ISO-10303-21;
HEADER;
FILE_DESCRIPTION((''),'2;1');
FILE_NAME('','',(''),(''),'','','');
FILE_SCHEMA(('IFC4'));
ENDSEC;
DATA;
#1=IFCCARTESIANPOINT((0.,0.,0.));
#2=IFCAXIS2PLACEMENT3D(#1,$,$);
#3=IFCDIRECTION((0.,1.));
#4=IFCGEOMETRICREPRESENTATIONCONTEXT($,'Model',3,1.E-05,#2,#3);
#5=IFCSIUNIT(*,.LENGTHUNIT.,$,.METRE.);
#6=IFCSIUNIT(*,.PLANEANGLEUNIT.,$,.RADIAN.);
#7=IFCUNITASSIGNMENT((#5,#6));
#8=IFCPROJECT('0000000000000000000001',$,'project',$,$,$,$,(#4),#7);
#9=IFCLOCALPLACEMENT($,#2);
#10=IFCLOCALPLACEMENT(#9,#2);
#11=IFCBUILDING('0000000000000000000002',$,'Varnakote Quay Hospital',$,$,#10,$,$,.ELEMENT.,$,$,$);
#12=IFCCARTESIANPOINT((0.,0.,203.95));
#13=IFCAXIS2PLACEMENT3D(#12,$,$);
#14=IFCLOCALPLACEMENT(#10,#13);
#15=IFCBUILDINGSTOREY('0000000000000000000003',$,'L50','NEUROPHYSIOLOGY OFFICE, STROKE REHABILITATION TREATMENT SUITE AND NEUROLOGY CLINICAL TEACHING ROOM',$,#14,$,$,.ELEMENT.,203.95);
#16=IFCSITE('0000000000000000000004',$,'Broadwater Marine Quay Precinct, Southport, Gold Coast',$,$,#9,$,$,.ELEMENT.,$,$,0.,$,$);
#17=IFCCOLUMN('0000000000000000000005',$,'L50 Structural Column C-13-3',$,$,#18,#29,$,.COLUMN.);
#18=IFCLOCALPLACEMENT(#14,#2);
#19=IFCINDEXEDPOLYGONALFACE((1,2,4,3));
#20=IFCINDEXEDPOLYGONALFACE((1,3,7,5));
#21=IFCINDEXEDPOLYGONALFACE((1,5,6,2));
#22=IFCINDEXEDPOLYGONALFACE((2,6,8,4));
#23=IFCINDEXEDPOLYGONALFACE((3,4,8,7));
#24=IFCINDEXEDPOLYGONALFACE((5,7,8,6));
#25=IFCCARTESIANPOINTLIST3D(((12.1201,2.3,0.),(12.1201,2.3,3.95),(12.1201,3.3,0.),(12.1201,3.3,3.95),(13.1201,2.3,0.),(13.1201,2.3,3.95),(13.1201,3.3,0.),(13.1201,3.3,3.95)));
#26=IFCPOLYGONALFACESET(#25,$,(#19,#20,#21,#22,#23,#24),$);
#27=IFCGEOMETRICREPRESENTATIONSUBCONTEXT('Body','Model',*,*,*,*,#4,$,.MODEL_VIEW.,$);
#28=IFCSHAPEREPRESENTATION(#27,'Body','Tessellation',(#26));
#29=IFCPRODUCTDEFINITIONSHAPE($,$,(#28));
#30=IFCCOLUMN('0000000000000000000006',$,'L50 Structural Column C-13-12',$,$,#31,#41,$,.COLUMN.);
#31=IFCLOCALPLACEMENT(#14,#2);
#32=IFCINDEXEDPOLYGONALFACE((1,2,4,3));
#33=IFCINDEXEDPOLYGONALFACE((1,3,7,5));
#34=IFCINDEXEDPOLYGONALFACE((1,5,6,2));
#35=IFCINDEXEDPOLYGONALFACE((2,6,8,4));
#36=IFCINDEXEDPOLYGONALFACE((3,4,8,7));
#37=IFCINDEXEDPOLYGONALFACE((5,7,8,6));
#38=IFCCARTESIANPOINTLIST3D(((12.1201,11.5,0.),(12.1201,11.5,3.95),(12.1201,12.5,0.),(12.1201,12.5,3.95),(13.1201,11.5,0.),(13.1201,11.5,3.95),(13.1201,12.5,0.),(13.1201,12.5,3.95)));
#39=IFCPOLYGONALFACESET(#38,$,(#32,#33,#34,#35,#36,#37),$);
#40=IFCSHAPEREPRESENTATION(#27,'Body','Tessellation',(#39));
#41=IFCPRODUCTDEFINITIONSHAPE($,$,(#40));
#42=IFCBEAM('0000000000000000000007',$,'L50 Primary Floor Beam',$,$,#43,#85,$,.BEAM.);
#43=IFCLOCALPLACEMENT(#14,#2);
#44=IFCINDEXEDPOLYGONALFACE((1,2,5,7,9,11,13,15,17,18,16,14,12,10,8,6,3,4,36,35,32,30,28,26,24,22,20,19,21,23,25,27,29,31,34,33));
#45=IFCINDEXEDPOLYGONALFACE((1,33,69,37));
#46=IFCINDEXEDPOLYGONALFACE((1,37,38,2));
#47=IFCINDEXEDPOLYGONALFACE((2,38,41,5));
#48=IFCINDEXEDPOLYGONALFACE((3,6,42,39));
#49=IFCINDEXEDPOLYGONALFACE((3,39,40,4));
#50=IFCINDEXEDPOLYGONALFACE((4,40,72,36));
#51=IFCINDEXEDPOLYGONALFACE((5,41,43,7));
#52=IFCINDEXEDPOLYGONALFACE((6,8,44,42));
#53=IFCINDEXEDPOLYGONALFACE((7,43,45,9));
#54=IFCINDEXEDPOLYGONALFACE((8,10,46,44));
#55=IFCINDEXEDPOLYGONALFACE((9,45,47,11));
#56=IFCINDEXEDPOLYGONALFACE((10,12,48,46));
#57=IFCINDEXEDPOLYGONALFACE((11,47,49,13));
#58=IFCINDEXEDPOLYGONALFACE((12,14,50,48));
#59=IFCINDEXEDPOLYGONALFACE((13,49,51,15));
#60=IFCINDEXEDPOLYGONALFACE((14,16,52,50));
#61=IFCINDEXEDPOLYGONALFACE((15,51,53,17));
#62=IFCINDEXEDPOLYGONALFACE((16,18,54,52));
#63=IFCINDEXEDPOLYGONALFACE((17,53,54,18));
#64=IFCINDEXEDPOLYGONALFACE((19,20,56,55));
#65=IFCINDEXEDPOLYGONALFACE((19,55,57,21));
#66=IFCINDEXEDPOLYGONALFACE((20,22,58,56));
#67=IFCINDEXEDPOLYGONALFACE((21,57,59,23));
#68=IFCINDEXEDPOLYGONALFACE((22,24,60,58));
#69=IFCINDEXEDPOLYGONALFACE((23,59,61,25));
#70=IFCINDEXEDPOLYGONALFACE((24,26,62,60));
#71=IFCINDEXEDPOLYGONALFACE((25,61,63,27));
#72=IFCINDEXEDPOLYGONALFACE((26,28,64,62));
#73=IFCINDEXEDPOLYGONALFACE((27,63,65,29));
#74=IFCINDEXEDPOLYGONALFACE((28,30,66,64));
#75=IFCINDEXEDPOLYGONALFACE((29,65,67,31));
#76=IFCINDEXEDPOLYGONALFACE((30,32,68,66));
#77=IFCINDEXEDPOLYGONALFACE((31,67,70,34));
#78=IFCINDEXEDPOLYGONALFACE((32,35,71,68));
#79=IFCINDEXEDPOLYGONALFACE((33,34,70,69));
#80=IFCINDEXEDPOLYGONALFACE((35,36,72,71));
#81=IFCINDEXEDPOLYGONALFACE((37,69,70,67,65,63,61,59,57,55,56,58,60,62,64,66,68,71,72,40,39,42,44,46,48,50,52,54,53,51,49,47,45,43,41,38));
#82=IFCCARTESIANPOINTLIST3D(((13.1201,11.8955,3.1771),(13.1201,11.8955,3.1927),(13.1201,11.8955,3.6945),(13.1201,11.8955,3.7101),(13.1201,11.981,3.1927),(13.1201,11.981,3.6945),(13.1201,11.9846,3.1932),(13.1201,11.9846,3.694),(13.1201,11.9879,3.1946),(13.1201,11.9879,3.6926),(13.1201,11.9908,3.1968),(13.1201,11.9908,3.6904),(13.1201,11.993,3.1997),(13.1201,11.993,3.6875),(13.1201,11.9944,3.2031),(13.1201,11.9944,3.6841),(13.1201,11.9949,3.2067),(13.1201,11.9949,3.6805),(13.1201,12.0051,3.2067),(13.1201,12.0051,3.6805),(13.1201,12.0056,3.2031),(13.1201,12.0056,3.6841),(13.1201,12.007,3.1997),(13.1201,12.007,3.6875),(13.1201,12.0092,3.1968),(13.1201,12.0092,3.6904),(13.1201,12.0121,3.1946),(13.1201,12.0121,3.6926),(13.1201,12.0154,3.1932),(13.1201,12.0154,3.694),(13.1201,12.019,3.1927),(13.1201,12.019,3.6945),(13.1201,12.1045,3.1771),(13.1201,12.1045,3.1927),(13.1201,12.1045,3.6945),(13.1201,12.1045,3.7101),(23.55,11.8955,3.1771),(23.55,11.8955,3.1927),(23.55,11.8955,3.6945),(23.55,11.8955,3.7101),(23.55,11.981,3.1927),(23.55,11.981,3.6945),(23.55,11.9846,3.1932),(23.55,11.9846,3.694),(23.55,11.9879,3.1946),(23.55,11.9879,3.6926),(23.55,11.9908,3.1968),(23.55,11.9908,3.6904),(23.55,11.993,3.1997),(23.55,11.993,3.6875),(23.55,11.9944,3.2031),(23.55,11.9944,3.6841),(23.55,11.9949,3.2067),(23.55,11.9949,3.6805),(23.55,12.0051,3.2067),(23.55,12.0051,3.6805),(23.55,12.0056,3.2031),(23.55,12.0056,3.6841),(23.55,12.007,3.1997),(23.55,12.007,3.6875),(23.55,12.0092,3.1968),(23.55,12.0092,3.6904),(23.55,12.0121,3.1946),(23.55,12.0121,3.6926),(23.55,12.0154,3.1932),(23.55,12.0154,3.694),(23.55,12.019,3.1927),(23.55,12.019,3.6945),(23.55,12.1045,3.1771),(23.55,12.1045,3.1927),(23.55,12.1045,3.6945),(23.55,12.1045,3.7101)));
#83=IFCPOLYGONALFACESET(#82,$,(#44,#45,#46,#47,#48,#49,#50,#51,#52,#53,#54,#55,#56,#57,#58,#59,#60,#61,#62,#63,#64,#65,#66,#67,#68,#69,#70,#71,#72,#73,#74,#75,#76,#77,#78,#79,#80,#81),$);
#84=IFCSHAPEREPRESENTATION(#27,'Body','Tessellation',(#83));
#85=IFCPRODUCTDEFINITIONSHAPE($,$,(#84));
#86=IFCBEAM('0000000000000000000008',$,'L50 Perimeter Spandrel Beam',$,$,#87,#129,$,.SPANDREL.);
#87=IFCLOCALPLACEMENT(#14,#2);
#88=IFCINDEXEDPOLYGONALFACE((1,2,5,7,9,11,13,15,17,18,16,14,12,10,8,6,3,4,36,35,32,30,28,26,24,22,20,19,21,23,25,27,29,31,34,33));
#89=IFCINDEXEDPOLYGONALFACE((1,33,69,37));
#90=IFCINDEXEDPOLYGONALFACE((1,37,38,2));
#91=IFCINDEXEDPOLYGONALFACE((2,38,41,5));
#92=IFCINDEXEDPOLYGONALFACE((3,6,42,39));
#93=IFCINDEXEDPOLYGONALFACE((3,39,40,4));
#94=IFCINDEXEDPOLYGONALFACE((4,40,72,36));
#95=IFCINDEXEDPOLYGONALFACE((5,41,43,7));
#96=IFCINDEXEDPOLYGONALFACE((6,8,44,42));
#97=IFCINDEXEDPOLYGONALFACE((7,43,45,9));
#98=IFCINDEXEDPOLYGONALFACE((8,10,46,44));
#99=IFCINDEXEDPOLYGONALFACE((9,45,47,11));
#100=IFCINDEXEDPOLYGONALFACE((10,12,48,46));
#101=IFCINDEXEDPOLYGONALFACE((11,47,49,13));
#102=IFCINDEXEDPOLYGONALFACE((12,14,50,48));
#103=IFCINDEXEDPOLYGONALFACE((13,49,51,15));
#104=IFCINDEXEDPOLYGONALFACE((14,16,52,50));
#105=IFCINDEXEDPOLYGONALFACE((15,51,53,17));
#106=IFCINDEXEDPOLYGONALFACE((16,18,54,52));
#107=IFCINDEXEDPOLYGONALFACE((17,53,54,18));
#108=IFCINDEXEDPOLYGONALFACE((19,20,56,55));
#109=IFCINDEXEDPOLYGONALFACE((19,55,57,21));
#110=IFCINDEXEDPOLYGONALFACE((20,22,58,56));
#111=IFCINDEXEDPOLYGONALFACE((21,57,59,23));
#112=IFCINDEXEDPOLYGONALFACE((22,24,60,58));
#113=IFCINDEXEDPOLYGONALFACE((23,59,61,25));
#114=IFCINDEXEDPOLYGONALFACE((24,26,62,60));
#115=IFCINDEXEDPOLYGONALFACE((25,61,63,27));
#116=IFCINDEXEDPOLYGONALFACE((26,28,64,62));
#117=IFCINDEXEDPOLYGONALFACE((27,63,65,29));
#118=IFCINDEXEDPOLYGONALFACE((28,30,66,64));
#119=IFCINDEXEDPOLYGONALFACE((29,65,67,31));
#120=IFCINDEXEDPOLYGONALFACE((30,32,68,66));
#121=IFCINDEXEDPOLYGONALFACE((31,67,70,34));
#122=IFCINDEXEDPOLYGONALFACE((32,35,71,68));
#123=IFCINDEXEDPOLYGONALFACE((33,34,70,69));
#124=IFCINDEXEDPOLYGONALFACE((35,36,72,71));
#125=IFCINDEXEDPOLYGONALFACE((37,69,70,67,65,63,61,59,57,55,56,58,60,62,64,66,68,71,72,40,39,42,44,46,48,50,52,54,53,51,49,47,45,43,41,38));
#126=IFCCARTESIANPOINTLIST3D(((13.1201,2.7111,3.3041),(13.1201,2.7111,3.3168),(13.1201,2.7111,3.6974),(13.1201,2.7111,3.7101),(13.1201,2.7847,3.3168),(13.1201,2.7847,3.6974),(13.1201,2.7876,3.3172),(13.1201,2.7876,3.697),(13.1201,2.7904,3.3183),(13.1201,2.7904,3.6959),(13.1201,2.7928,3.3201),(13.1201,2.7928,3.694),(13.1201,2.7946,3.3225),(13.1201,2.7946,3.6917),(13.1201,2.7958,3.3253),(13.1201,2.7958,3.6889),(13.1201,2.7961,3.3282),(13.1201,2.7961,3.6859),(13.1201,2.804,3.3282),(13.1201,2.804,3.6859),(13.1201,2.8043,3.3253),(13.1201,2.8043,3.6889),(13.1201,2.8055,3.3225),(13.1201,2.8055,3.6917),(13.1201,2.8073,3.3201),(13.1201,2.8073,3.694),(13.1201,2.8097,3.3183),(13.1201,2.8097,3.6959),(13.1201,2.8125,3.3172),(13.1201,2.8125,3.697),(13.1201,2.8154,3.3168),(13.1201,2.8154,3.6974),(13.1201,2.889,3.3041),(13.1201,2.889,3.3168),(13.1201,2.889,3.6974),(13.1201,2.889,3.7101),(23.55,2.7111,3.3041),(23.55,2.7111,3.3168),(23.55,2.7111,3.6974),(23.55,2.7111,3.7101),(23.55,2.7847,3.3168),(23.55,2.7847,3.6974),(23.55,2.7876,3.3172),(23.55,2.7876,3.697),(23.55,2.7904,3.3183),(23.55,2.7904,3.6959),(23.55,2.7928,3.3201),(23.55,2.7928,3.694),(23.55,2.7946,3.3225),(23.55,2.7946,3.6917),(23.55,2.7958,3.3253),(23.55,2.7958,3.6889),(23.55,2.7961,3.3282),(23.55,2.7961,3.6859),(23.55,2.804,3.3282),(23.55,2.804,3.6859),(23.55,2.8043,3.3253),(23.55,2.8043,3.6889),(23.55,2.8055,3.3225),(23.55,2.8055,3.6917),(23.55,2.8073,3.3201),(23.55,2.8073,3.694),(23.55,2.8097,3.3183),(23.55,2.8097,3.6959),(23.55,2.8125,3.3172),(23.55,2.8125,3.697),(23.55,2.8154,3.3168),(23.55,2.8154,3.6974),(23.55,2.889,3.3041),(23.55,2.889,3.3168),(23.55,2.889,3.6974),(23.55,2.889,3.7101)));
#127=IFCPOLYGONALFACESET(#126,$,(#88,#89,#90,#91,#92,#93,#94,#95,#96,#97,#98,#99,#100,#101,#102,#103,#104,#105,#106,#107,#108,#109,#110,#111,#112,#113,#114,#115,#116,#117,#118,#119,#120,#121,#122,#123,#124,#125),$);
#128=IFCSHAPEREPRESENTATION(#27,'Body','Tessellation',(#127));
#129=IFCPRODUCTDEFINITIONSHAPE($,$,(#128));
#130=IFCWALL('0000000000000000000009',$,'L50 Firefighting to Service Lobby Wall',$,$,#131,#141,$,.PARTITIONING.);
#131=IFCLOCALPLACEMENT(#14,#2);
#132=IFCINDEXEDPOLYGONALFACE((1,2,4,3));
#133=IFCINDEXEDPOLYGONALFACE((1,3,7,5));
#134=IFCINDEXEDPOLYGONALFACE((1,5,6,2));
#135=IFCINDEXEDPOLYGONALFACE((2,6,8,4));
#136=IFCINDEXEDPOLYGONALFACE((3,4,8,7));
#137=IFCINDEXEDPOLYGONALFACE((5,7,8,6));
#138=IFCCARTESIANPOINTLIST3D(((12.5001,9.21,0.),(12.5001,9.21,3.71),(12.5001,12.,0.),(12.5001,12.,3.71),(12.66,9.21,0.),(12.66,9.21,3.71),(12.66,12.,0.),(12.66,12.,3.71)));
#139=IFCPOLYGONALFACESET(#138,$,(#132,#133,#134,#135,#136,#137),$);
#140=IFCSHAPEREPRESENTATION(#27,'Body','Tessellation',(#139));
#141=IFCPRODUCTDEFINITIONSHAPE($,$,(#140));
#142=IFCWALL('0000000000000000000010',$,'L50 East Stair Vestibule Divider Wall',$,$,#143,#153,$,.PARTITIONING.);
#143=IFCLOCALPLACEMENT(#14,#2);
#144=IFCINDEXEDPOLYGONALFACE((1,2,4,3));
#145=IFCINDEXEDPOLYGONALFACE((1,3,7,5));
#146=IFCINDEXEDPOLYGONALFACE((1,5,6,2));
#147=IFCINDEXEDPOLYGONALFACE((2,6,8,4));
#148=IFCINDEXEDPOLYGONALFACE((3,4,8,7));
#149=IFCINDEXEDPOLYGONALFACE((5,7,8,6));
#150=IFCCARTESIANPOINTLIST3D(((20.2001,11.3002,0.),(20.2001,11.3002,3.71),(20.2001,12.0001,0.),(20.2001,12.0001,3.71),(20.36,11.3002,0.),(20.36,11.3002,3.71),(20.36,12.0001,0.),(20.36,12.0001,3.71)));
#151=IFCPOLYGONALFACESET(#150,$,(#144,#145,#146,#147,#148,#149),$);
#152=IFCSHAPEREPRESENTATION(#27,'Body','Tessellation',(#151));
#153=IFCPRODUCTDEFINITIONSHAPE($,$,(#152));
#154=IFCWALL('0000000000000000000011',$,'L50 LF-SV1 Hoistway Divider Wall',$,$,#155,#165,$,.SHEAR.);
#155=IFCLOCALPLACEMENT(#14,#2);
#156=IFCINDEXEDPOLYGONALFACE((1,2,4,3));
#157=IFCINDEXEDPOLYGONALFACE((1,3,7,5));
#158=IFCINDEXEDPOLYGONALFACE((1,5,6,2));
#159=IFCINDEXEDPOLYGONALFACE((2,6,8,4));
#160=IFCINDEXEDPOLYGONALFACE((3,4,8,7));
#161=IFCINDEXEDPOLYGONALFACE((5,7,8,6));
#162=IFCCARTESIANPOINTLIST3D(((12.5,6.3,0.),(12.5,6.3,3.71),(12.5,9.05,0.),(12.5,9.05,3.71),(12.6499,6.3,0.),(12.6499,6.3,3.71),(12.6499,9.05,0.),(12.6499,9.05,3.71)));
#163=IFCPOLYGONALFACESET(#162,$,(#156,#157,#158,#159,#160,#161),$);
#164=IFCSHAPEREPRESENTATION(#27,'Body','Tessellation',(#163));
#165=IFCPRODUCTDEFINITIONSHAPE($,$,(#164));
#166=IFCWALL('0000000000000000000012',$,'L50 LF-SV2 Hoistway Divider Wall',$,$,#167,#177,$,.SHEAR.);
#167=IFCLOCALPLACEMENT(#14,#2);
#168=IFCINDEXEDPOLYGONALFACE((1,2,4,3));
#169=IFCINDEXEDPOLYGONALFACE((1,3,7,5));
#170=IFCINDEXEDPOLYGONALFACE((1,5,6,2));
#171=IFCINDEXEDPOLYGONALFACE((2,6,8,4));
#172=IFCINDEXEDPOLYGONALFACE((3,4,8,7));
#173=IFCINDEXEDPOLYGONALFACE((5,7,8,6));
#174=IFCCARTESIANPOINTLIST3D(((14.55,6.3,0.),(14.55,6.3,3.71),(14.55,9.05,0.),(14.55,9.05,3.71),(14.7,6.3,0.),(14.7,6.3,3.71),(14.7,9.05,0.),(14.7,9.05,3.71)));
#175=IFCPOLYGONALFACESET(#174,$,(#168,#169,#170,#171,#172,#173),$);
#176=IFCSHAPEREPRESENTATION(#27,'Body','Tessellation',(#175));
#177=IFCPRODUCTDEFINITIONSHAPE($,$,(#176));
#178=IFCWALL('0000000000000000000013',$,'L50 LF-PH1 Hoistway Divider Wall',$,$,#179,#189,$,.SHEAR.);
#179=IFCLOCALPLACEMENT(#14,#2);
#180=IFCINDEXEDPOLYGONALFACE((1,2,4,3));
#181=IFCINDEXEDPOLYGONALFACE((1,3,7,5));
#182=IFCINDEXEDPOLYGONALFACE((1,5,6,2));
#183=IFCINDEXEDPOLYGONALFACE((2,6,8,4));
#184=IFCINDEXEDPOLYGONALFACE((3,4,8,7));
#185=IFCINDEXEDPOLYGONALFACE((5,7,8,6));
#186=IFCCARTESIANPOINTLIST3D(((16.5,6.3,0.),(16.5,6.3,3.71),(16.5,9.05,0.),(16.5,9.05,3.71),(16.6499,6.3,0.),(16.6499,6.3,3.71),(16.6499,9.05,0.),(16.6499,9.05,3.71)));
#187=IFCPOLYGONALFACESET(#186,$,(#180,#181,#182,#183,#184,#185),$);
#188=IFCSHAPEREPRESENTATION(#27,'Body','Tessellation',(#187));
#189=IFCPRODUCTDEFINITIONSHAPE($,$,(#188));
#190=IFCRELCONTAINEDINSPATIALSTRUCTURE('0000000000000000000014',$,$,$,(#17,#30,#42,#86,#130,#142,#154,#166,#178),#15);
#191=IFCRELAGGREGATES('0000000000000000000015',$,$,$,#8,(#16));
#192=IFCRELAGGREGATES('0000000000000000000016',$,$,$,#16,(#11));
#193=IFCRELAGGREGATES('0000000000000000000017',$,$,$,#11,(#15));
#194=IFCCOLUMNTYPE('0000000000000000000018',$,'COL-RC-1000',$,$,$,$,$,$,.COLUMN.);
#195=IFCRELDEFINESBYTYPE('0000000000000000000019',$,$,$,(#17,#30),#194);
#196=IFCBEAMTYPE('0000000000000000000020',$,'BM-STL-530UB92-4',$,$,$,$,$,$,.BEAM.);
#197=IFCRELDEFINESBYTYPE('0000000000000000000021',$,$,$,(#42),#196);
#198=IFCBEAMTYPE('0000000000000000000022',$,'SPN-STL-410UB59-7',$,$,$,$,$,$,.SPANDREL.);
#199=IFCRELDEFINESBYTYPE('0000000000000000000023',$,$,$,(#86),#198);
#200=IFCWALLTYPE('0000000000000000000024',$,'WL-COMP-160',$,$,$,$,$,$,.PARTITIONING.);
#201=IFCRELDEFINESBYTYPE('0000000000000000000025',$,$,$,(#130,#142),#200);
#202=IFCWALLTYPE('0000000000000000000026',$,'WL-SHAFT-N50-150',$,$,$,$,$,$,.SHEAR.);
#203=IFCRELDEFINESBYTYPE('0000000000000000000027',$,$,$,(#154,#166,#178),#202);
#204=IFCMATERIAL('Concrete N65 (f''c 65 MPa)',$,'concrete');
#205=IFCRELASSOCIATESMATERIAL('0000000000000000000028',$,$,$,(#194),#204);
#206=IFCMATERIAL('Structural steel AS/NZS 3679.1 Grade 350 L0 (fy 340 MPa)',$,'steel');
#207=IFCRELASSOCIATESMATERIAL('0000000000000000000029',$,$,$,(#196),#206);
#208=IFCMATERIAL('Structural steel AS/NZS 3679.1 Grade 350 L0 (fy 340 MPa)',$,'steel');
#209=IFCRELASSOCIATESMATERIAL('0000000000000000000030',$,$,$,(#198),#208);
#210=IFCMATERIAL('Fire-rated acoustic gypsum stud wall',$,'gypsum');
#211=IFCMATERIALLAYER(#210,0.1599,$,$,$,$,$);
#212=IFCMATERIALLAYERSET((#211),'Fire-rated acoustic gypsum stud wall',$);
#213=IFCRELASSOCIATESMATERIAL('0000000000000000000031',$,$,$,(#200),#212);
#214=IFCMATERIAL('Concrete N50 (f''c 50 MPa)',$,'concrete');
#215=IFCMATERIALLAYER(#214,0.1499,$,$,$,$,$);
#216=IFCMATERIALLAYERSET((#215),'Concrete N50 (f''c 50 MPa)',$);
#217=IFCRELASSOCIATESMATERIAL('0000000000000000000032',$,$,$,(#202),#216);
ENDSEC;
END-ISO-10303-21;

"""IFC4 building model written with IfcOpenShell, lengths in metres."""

from ifc_helpers import new_model, si_unit, direction, frame, frame_2d, origin, origin_2d, place, context, subcontext, project, spatial, rectangle, i_section, extrude, material, layer, layer_set, material_profile, profile_set, type_object, element, save


model = new_model("IFC4")

# Units and contexts
model_context = context("Model", 3, precision=1e-05, world=origin(), true_north=direction((0.0, 1.0)))
body_context = subcontext(model_context, "Body", "Model", "MODEL_VIEW")
ifc_project = project(units=[si_unit("LENGTHUNIT", "METRE"), si_unit("PLANEANGLEUNIT", "RADIAN")], contexts=[model_context])

# Site, building, storey
site_placement = place(None, origin())
site = spatial("IfcSite", under=ifc_project, at=site_placement, Name="Broadwater Marine Quay Precinct, Southport, Gold Coast", CompositionType="ELEMENT", RefElevation=0.0)
building_placement = place(site_placement, origin())
building = spatial("IfcBuilding", under=site, at=building_placement, Name="Varnakote Quay Hospital", CompositionType="ELEMENT")
storey_placement = place(building_placement, frame((0.0, 0.0, 203.95)))
storey = spatial("IfcBuildingStorey", under=building, at=storey_placement, Name="L50", Description="NEUROPHYSIOLOGY OFFICE, STROKE REHABILITATION TREATMENT SUITE AND NEUROLOGY CLINICAL TEACHING ROOM", CompositionType="ELEMENT", Elevation=203.95)

# Columns
ifc_material_1 = material(Name="Concrete N65 (f'c 65 MPa)", Category="concrete")
ifc_material_profile_1 = material_profile(ifc_material_1, rectangle(XDim=1.0, YDim=1.0, at=origin_2d()), Name="RC-COL-1000x1000")
ifc_profile_set_1 = profile_set([ifc_material_profile_1], Name="Concrete N65 (f'c 65 MPa)")
column_type = type_object("IfcColumnType", Name="COL-RC-1000", PredefinedType="COLUMN", material=ifc_profile_set_1)
for number, where, z_axis, x_axis, name in (
    (1, (12.6201, 2.8, 0.0), (0.0, 0.0, 1.0), (1.0, 0.0, 0.0), "L50 Structural Column C-13-3"),
    (2, (12.6201, 12.0, 0.0), (0.0, 0.0, 1.0), (1.0, 0.0, 0.0), "L50 Structural Column C-13-12"),
):
    element("IfcColumn", number, at=place(storey_placement, frame(where, z_axis=z_axis, x_axis=x_axis)), inside=storey, type_object=column_type, Name=name, PredefinedType="COLUMN", context=body_context, shape_type="SweptSolid", body=[
        extrude(rectangle(XDim=1.0, YDim=1.0, at=origin_2d()), origin(), (0.0, 0.0, 1.0), 3.95),
    ])

# Beams
ifc_material_2 = material(Name="Structural steel AS/NZS 3679.1 Grade 350 L0 (fy 340 MPa)", Category="steel")
ifc_material_profile_2 = material_profile(ifc_material_2, i_section(OverallWidth=0.209, OverallDepth=0.533, WebThickness=0.0103, FlangeThickness=0.0156, FilletRadius=0.0139, at=origin_2d()), Name="530UB92.4")
ifc_profile_set_2 = profile_set([ifc_material_profile_2], Name="Structural steel AS/NZS 3679.1 Grade 350 L0 (fy 340 MPa)")
beam_type_1 = type_object("IfcBeamType", Name="BM-STL-530UB92-4", PredefinedType="BEAM", material=ifc_profile_set_2)
beam_1_placement = place(storey_placement, frame((13.1201, 12.0, 3.4436), z_axis=(1.0, 0.0, 0.0), x_axis=(0.0, 1.0, 0.0)))
element("IfcBeam", 3, at=beam_1_placement, inside=storey, type_object=beam_type_1, Name="L50 Primary Floor Beam", PredefinedType="BEAM", context=body_context, shape_type="SweptSolid", body=[
    extrude(i_section(OverallWidth=0.209, OverallDepth=0.533, WebThickness=0.0103, FlangeThickness=0.0156, FilletRadius=0.0139, at=origin_2d()), origin(), (0.0, 0.0, 1.0), 10.4299),
])
ifc_material_3 = material(Name="Structural steel AS/NZS 3679.1 Grade 350 L0 (fy 340 MPa)", Category="steel")
ifc_material_profile_3 = material_profile(ifc_material_3, i_section(OverallWidth=0.178, OverallDepth=0.406, WebThickness=0.0078, FlangeThickness=0.0127, FilletRadius=0.0115, at=origin_2d()), Name="410UB59.7")
ifc_profile_set_3 = profile_set([ifc_material_profile_3], Name="Structural steel AS/NZS 3679.1 Grade 350 L0 (fy 340 MPa)")
beam_type_2 = type_object("IfcBeamType", Name="SPN-STL-410UB59-7", PredefinedType="SPANDREL", material=ifc_profile_set_3)
beam_2_placement = place(storey_placement, frame((13.1201, 2.8, 3.5071), z_axis=(1.0, 0.0, 0.0), x_axis=(0.0, 1.0, 0.0)))
element("IfcBeam", 4, at=beam_2_placement, inside=storey, type_object=beam_type_2, Name="L50 Perimeter Spandrel Beam", PredefinedType="SPANDREL", context=body_context, shape_type="SweptSolid", body=[
    extrude(i_section(OverallWidth=0.178, OverallDepth=0.406, WebThickness=0.0078, FlangeThickness=0.0127, FilletRadius=0.0115, at=origin_2d()), origin(), (0.0, 0.0, 1.0), 10.4299),
])

# Walls
ifc_material_4 = material(Name="Fire-rated acoustic gypsum stud wall", Category="gypsum")
ifc_layer_1 = layer(ifc_material_4, 0.1599)
ifc_layer_set_1 = layer_set([ifc_layer_1], Name="Fire-rated acoustic gypsum stud wall")
wall_type_1 = type_object("IfcWallType", Name="WL-COMP-160", PredefinedType="PARTITIONING", material=ifc_layer_set_1)
wall_1_placement = place(storey_placement, frame((12.5801, 9.21, 0.0), z_axis=(0.0, 0.0, 1.0), x_axis=(0.0, 1.0, 0.0)))
element("IfcWall", 5, at=wall_1_placement, inside=storey, type_object=wall_type_1, Name="L50 Firefighting to Service Lobby Wall", PredefinedType="PARTITIONING", context=body_context, shape_type="SweptSolid", body=[
    extrude(rectangle(XDim=2.79, YDim=0.1599, at=frame_2d((1.395, 0.0))), origin(), (0.0, 0.0, 1.0), 3.71),
])
wall_2_placement = place(storey_placement, frame((20.28, 11.3, 0.0), z_axis=(0.0, 0.0, 1.0), x_axis=(0.0, 1.0, 0.0)))
element("IfcWall", 6, at=wall_2_placement, inside=storey, type_object=wall_type_1, Name="L50 East Stair Vestibule Divider Wall", PredefinedType="PARTITIONING", context=body_context, shape_type="SweptSolid", body=[
    extrude(rectangle(XDim=0.7, YDim=0.1599, at=frame_2d((0.3501, 0.0))), origin(), (0.0, 0.0, 1.0), 3.71),
])
ifc_material_5 = material(Name="Concrete N50 (f'c 50 MPa)", Category="concrete")
ifc_layer_2 = layer(ifc_material_5, 0.1499)
ifc_layer_set_2 = layer_set([ifc_layer_2], Name="Concrete N50 (f'c 50 MPa)")
wall_type_2 = type_object("IfcWallType", Name="WL-SHAFT-N50-150", PredefinedType="SHEAR", material=ifc_layer_set_2)
for number, where, z_axis, x_axis, name in (
    (7, (12.575, 6.3, 0.0), (0.0, 0.0, 1.0), (0.0, 1.0, 0.0), "L50 LF-SV1 Hoistway Divider Wall"),
    (8, (14.625, 6.3, 0.0), (0.0, 0.0, 1.0), (0.0, 1.0, 0.0), "L50 LF-SV2 Hoistway Divider Wall"),
    (9, (16.575, 6.3, 0.0), (0.0, 0.0, 1.0), (0.0, 1.0, 0.0), "L50 LF-PH1 Hoistway Divider Wall"),
):
    element("IfcWall", number, at=place(storey_placement, frame(where, z_axis=z_axis, x_axis=x_axis)), inside=storey, type_object=wall_type_2, Name=name, PredefinedType="SHEAR", context=body_context, shape_type="SweptSolid", body=[
        extrude(rectangle(XDim=2.75, YDim=0.1499, at=frame_2d((1.375, 0.0))), origin(), (0.0, 0.0, 1.0), 3.71),
    ])

save(model, "model.ifc")
